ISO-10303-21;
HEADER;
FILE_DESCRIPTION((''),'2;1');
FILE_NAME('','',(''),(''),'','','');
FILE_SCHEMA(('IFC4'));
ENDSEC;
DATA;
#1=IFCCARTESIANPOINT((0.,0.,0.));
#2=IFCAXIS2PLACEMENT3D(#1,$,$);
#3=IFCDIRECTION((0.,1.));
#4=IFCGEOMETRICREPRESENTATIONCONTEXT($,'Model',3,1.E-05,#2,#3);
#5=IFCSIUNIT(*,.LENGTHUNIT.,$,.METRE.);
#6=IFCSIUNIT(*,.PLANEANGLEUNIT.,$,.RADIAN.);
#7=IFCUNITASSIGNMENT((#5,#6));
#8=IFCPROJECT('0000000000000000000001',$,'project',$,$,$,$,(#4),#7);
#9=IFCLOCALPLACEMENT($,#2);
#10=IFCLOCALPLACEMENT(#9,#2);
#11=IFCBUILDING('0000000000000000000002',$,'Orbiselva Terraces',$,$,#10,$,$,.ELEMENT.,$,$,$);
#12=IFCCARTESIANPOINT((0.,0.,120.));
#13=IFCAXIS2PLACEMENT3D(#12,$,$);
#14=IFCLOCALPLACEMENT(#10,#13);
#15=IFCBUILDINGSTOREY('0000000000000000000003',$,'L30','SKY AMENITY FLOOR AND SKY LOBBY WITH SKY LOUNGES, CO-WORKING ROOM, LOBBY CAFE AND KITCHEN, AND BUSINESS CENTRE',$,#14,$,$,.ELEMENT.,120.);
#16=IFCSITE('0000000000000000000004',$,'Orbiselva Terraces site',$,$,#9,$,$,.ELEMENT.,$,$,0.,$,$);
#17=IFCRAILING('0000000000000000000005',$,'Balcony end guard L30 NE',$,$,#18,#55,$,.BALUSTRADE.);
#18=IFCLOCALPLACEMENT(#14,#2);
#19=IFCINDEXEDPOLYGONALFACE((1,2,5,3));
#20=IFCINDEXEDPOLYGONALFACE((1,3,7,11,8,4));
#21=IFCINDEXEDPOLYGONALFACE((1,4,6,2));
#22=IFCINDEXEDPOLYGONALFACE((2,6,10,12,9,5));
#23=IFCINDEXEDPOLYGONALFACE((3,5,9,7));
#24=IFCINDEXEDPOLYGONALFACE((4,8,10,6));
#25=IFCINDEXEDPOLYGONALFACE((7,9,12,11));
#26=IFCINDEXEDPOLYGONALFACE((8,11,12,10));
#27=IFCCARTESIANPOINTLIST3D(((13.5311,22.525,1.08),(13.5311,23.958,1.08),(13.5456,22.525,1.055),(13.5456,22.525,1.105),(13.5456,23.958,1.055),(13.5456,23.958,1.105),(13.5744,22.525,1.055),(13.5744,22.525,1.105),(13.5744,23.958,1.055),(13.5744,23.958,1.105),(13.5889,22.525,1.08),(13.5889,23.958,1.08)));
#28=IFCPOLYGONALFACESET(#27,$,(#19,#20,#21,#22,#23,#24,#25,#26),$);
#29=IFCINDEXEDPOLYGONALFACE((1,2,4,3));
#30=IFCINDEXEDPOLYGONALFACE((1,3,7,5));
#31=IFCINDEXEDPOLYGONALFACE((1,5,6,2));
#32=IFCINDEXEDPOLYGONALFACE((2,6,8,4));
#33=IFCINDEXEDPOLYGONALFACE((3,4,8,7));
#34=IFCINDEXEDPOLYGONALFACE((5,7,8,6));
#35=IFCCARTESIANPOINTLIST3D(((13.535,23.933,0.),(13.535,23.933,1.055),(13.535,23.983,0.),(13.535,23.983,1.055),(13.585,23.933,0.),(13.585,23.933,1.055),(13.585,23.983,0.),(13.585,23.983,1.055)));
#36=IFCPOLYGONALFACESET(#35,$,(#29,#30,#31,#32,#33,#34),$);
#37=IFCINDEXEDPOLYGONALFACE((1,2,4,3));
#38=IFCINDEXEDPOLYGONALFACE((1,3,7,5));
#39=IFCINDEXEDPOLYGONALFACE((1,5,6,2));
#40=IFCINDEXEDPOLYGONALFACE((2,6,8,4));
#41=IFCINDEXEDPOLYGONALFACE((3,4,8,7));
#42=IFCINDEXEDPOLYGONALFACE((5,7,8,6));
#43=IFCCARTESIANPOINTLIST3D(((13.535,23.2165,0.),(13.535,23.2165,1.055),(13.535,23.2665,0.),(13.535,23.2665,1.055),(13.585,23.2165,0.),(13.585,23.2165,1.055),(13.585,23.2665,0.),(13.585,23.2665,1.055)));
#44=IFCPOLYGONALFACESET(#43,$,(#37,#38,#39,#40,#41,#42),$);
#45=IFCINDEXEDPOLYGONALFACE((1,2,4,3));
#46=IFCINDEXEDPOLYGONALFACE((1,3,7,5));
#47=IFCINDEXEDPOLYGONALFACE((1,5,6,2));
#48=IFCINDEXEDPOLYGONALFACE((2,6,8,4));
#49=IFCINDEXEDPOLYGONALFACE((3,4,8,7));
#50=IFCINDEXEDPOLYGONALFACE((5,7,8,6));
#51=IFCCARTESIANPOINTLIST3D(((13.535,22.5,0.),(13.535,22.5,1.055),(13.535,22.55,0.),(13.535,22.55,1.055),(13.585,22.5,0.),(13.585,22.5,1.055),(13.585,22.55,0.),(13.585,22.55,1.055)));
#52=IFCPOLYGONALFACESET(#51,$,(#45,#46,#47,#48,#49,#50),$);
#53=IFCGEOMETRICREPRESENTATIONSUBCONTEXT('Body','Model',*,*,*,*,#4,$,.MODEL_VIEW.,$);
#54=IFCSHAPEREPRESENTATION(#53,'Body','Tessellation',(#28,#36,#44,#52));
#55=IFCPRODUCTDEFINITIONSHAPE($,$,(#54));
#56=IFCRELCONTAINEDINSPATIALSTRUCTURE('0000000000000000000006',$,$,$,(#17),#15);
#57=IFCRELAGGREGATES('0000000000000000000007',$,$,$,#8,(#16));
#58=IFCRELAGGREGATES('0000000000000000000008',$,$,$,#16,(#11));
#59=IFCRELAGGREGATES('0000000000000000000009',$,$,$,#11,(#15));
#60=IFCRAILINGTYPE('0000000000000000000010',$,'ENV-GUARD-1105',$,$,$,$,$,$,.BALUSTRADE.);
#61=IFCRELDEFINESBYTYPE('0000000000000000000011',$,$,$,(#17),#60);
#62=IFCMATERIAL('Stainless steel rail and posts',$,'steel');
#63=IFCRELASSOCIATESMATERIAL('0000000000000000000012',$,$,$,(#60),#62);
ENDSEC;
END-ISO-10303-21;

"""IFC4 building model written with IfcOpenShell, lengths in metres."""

from ifc_helpers import new_model, si_unit, direction, frame, origin, origin_2d, place, context, subcontext, project, spatial, polyline, rectangle, outline, extrude, material, type_object, element, save


model = new_model("IFC4")

# Units and contexts
model_context = context("Model", 3, precision=1e-05, world=origin(), true_north=direction((0.0, 1.0)))
body_context = subcontext(model_context, "Body", "Model", "MODEL_VIEW")
ifc_project = project(units=[si_unit("LENGTHUNIT", "METRE"), si_unit("PLANEANGLEUNIT", "RADIAN")], contexts=[model_context])

# Site, building, storey
site_placement = place(None, origin())
site = spatial("IfcSite", under=ifc_project, at=site_placement, Name="Orbiselva Terraces site", CompositionType="ELEMENT", RefElevation=0.0)
building_placement = place(site_placement, origin())
building = spatial("IfcBuilding", under=site, at=building_placement, Name="Orbiselva Terraces", CompositionType="ELEMENT")
storey_placement = place(building_placement, frame((0.0, 0.0, 120.0)))
storey = spatial("IfcBuildingStorey", under=building, at=storey_placement, Name="L30", Description="SKY AMENITY FLOOR AND SKY LOBBY WITH SKY LOUNGES, CO-WORKING ROOM, LOBBY CAFE AND KITCHEN, AND BUSINESS CENTRE", CompositionType="ELEMENT", Elevation=120.0)

# Railing
ifc_material_1 = material(Name="Stainless steel rail and posts", Category="steel")
railing_type_1 = type_object("IfcRailingType", Name="ENV-GUARD-1105", PredefinedType="BALUSTRADE", material=ifc_material_1)
railing_1_placement = place(storey_placement, frame((13.56, 23.958, 0.0)))
element("IfcRailing", 1, at=railing_1_placement, inside=storey, type_object=railing_type_1, Name="Balcony end guard L30 NE", PredefinedType="BALUSTRADE", context=body_context, shape_type="SweptSolid", body=[
    extrude(outline(polyline([(0.0289, 0.0), (0.0144, 0.025), (-0.0144, 0.025), (-0.0289, 0.0), (-0.0144, -0.025), (0.0144, -0.025), (0.0289, 0.0)])), frame((0.0, 0.0, 1.08), z_axis=(0.0, -1.0, 0.0), x_axis=(1.0, 0.0, 0.0)), (0.0, 0.0, 1.0), 1.433),
    extrude(rectangle(XDim=0.05, YDim=0.05, at=origin_2d()), origin(), (0.0, 0.0, 1.0), 1.055),
    extrude(rectangle(XDim=0.05, YDim=0.05, at=origin_2d()), frame((0.0, -0.7165, 0.0)), (0.0, 0.0, 1.0), 1.055),
    extrude(rectangle(XDim=0.05, YDim=0.05, at=origin_2d()), frame((0.0, -1.433, 0.0)), (0.0, 0.0, 1.0), 1.055),
])

save(model, "model.ifc")
